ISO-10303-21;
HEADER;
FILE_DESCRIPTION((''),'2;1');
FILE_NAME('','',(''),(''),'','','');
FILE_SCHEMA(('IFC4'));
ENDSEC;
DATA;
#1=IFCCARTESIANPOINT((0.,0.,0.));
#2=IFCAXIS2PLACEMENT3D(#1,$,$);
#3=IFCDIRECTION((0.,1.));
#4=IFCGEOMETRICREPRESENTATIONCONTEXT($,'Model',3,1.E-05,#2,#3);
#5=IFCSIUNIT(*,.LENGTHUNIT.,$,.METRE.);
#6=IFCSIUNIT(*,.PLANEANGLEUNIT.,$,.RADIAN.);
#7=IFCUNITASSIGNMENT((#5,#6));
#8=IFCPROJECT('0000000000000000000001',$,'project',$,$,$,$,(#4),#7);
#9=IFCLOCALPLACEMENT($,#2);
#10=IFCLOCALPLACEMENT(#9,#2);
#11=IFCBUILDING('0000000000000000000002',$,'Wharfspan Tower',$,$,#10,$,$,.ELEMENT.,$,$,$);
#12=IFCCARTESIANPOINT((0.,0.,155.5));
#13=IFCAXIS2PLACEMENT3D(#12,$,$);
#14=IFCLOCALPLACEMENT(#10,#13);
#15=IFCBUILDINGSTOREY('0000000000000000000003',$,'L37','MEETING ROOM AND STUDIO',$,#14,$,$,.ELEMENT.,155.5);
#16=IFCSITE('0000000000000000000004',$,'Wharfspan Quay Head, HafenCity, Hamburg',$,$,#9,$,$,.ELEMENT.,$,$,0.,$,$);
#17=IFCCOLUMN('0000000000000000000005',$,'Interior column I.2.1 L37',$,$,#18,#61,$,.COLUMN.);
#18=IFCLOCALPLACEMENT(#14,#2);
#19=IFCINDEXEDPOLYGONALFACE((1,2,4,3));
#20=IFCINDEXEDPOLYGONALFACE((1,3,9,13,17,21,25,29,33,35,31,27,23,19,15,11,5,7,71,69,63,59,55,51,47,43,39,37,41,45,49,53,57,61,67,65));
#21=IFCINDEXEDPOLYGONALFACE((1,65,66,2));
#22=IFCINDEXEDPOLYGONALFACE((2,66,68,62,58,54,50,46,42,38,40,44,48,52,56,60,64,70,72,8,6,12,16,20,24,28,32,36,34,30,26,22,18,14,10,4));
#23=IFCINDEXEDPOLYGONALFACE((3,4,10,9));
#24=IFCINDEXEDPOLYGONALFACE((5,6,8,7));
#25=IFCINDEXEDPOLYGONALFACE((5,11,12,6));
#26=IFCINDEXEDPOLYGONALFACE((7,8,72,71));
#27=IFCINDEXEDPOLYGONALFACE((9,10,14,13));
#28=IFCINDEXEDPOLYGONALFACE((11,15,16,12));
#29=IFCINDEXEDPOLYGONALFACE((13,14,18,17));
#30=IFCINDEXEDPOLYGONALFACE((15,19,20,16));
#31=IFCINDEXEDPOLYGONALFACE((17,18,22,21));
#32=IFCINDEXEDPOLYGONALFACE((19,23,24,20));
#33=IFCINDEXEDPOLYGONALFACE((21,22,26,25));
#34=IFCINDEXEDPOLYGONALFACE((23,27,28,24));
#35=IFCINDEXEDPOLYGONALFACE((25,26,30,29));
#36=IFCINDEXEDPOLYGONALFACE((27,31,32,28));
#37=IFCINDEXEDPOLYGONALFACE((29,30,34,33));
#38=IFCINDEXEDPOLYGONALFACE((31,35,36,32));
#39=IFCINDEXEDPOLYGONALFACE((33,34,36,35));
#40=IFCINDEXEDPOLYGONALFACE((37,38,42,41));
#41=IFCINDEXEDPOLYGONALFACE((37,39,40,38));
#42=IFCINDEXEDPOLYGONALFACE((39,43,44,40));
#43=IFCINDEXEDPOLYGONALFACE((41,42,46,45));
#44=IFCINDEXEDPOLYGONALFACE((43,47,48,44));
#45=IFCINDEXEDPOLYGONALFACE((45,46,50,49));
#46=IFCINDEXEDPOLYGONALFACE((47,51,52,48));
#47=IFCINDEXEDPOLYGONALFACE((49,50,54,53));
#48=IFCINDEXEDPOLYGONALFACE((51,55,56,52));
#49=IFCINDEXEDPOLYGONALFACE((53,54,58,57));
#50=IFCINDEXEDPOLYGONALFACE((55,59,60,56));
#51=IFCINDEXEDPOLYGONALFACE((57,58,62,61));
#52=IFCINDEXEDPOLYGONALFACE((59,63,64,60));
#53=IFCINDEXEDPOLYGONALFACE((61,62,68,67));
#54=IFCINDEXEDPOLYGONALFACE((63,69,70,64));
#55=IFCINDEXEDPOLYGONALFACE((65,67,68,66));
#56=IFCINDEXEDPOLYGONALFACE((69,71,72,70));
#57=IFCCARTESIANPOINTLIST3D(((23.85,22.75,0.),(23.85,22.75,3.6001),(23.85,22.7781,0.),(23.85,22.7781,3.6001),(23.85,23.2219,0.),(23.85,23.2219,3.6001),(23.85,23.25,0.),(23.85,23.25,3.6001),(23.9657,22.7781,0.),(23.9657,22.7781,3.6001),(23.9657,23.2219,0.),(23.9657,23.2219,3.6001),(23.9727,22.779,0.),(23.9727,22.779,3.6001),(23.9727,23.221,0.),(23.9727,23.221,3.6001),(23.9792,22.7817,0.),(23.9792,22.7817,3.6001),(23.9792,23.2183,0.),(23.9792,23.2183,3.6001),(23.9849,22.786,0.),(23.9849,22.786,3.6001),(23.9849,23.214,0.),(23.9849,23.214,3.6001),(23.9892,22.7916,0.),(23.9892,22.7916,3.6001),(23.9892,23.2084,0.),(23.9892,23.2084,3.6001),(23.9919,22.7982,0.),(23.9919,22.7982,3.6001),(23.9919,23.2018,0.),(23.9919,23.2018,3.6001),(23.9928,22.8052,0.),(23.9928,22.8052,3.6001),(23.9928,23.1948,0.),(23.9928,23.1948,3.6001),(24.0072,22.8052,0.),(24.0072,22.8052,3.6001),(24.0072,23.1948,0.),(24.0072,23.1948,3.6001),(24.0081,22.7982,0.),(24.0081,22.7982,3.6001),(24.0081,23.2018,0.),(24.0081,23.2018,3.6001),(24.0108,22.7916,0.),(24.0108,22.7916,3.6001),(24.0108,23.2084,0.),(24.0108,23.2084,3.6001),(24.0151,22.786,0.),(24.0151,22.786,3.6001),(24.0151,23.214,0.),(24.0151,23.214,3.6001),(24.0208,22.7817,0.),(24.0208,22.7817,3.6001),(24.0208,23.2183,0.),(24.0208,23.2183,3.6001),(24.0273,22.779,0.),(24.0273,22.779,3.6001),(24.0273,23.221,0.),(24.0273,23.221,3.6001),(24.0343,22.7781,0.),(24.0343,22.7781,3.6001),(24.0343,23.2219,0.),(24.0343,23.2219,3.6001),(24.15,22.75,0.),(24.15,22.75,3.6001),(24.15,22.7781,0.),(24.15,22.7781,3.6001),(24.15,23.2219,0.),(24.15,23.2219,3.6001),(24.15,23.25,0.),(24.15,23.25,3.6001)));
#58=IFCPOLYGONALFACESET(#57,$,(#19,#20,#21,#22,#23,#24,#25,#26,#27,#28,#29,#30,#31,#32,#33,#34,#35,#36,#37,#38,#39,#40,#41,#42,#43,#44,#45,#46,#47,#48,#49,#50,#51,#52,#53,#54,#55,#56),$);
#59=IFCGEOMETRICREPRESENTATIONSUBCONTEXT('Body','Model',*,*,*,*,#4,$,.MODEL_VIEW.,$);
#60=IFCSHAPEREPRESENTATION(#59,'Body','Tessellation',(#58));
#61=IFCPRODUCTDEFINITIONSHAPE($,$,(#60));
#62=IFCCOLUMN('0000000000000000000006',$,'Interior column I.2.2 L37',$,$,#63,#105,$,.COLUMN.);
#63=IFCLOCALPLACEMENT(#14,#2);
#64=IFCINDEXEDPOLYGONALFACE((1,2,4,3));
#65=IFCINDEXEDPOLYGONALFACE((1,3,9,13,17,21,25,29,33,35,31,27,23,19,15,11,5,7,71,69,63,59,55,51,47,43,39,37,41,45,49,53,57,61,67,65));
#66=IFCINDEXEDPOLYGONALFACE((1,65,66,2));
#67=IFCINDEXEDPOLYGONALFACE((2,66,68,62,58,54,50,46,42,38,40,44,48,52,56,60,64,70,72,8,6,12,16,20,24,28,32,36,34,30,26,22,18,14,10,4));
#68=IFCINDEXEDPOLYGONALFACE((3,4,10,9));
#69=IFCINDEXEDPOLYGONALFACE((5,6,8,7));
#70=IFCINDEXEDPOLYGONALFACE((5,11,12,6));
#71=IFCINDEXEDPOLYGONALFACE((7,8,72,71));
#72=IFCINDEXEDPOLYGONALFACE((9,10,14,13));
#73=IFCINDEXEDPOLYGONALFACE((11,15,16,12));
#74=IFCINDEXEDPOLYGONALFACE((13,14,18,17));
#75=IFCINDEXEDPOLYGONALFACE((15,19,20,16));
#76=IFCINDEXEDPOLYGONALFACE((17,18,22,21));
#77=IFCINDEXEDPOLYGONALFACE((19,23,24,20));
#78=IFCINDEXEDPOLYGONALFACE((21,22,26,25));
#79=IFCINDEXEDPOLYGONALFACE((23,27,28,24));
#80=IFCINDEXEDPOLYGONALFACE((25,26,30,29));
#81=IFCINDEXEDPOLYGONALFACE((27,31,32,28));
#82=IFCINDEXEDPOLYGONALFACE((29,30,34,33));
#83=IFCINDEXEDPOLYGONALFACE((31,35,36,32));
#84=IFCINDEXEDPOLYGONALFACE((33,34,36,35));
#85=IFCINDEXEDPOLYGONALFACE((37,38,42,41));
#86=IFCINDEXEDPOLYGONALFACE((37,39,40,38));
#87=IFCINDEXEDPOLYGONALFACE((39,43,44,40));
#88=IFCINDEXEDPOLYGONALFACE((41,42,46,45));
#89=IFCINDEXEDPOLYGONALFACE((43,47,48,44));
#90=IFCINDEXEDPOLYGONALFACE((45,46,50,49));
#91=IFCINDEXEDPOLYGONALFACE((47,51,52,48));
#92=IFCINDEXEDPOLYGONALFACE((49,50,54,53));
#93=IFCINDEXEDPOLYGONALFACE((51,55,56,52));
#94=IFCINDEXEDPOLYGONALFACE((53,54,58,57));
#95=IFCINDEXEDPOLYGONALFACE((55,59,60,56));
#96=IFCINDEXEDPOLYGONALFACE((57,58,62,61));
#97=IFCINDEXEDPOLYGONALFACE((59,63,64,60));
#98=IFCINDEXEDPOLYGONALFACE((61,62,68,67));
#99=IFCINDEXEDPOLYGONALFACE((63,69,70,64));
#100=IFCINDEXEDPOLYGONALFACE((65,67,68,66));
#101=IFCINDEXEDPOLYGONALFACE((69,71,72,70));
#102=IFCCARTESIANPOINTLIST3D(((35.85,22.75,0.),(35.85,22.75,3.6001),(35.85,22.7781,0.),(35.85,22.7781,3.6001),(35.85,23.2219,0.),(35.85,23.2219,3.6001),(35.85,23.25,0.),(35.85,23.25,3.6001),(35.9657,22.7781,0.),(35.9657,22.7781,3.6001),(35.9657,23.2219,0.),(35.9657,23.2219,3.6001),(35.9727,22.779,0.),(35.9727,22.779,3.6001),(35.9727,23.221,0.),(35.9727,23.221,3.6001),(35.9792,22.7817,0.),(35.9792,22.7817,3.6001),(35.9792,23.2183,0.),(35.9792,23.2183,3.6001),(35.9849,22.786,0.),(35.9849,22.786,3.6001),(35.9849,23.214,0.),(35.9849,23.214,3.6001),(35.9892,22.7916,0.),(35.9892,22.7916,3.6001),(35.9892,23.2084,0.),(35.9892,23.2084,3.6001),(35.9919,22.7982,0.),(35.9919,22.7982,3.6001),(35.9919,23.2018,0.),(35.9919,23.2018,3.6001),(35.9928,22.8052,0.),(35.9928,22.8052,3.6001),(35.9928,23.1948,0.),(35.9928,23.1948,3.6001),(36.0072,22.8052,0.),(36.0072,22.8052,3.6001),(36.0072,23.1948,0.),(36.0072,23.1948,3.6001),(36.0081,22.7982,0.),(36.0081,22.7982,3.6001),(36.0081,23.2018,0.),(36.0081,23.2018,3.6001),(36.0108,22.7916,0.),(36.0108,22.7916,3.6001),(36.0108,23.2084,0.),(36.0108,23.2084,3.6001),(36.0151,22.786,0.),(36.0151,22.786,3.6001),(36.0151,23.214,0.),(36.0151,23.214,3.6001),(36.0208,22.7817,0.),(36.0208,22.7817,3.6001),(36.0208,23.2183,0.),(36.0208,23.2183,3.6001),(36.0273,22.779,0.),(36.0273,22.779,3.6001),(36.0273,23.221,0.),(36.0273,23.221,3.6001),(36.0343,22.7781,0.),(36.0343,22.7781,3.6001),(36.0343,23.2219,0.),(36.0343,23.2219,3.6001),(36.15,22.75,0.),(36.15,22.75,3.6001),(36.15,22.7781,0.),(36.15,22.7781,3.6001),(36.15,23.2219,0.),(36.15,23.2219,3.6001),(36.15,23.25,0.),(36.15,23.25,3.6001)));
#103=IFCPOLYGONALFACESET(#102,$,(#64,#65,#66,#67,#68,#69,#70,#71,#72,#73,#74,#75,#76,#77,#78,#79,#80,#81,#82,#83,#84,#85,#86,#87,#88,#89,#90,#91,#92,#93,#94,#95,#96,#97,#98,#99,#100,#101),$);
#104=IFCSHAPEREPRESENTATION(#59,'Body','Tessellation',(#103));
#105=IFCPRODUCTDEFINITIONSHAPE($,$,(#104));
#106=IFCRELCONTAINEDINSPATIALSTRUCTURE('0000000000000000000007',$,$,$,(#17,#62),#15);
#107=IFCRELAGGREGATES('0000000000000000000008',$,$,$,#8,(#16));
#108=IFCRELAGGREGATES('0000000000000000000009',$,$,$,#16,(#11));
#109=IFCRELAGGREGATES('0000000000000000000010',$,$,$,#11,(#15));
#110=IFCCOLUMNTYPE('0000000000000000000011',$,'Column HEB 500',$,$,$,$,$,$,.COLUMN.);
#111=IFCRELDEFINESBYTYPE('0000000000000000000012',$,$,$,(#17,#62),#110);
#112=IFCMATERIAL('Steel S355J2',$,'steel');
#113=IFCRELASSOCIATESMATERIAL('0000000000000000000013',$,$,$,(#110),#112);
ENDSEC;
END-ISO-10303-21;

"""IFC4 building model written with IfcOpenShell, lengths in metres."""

from ifc_helpers import new_model, si_unit, direction, frame, origin, origin_2d, place, context, subcontext, project, spatial, i_section, extrude, material, material_profile, profile_set, type_object, element, save


model = new_model("IFC4")

# Units and contexts
model_context = context("Model", 3, precision=1e-05, world=origin(), true_north=direction((0.0, 1.0)))
body_context = subcontext(model_context, "Body", "Model", "MODEL_VIEW")
ifc_project = project(units=[si_unit("LENGTHUNIT", "METRE"), si_unit("PLANEANGLEUNIT", "RADIAN")], contexts=[model_context])

# Site, building, storey
site_placement = place(None, origin())
site = spatial("IfcSite", under=ifc_project, at=site_placement, Name="Wharfspan Quay Head, HafenCity, Hamburg", CompositionType="ELEMENT", RefElevation=0.0)
building_placement = place(site_placement, origin())
building = spatial("IfcBuilding", under=site, at=building_placement, Name="Wharfspan Tower", CompositionType="ELEMENT")
storey_placement = place(building_placement, frame((0.0, 0.0, 155.5)))
storey = spatial("IfcBuildingStorey", under=building, at=storey_placement, Name="L37", Description="MEETING ROOM AND STUDIO", CompositionType="ELEMENT", Elevation=155.5)

# Columns
ifc_material_1 = material(Name="Steel S355J2", Category="steel")
ifc_material_profile = material_profile(ifc_material_1, i_section(OverallWidth=0.3, OverallDepth=0.5, WebThickness=0.0144, FlangeThickness=0.0281, FilletRadius=0.0271, at=origin_2d()))
ifc_profile_set = profile_set([ifc_material_profile], Name="Steel S355J2")
column_type = type_object("IfcColumnType", Name="Column HEB 500", PredefinedType="COLUMN", material=ifc_profile_set)
for number, where, z_axis, x_axis, name in (
    (1, (24.0, 23.0, 0.0), (0.0, 0.0, 1.0), (1.0, 0.0, 0.0), "Interior column I.2.1 L37"),
    (2, (36.0, 23.0, 0.0), (0.0, 0.0, 1.0), (1.0, 0.0, 0.0), "Interior column I.2.2 L37"),
):
    element("IfcColumn", number, at=place(storey_placement, frame(where, z_axis=z_axis, x_axis=x_axis)), inside=storey, type_object=column_type, Name=name, PredefinedType="COLUMN", context=body_context, shape_type="SweptSolid", body=[
        extrude(i_section(OverallWidth=0.3, OverallDepth=0.5, WebThickness=0.0144, FlangeThickness=0.0281, FilletRadius=0.0271, at=origin_2d()), origin(), (0.0, 0.0, 1.0), 3.6001),
    ])

save(model, "model.ifc")
